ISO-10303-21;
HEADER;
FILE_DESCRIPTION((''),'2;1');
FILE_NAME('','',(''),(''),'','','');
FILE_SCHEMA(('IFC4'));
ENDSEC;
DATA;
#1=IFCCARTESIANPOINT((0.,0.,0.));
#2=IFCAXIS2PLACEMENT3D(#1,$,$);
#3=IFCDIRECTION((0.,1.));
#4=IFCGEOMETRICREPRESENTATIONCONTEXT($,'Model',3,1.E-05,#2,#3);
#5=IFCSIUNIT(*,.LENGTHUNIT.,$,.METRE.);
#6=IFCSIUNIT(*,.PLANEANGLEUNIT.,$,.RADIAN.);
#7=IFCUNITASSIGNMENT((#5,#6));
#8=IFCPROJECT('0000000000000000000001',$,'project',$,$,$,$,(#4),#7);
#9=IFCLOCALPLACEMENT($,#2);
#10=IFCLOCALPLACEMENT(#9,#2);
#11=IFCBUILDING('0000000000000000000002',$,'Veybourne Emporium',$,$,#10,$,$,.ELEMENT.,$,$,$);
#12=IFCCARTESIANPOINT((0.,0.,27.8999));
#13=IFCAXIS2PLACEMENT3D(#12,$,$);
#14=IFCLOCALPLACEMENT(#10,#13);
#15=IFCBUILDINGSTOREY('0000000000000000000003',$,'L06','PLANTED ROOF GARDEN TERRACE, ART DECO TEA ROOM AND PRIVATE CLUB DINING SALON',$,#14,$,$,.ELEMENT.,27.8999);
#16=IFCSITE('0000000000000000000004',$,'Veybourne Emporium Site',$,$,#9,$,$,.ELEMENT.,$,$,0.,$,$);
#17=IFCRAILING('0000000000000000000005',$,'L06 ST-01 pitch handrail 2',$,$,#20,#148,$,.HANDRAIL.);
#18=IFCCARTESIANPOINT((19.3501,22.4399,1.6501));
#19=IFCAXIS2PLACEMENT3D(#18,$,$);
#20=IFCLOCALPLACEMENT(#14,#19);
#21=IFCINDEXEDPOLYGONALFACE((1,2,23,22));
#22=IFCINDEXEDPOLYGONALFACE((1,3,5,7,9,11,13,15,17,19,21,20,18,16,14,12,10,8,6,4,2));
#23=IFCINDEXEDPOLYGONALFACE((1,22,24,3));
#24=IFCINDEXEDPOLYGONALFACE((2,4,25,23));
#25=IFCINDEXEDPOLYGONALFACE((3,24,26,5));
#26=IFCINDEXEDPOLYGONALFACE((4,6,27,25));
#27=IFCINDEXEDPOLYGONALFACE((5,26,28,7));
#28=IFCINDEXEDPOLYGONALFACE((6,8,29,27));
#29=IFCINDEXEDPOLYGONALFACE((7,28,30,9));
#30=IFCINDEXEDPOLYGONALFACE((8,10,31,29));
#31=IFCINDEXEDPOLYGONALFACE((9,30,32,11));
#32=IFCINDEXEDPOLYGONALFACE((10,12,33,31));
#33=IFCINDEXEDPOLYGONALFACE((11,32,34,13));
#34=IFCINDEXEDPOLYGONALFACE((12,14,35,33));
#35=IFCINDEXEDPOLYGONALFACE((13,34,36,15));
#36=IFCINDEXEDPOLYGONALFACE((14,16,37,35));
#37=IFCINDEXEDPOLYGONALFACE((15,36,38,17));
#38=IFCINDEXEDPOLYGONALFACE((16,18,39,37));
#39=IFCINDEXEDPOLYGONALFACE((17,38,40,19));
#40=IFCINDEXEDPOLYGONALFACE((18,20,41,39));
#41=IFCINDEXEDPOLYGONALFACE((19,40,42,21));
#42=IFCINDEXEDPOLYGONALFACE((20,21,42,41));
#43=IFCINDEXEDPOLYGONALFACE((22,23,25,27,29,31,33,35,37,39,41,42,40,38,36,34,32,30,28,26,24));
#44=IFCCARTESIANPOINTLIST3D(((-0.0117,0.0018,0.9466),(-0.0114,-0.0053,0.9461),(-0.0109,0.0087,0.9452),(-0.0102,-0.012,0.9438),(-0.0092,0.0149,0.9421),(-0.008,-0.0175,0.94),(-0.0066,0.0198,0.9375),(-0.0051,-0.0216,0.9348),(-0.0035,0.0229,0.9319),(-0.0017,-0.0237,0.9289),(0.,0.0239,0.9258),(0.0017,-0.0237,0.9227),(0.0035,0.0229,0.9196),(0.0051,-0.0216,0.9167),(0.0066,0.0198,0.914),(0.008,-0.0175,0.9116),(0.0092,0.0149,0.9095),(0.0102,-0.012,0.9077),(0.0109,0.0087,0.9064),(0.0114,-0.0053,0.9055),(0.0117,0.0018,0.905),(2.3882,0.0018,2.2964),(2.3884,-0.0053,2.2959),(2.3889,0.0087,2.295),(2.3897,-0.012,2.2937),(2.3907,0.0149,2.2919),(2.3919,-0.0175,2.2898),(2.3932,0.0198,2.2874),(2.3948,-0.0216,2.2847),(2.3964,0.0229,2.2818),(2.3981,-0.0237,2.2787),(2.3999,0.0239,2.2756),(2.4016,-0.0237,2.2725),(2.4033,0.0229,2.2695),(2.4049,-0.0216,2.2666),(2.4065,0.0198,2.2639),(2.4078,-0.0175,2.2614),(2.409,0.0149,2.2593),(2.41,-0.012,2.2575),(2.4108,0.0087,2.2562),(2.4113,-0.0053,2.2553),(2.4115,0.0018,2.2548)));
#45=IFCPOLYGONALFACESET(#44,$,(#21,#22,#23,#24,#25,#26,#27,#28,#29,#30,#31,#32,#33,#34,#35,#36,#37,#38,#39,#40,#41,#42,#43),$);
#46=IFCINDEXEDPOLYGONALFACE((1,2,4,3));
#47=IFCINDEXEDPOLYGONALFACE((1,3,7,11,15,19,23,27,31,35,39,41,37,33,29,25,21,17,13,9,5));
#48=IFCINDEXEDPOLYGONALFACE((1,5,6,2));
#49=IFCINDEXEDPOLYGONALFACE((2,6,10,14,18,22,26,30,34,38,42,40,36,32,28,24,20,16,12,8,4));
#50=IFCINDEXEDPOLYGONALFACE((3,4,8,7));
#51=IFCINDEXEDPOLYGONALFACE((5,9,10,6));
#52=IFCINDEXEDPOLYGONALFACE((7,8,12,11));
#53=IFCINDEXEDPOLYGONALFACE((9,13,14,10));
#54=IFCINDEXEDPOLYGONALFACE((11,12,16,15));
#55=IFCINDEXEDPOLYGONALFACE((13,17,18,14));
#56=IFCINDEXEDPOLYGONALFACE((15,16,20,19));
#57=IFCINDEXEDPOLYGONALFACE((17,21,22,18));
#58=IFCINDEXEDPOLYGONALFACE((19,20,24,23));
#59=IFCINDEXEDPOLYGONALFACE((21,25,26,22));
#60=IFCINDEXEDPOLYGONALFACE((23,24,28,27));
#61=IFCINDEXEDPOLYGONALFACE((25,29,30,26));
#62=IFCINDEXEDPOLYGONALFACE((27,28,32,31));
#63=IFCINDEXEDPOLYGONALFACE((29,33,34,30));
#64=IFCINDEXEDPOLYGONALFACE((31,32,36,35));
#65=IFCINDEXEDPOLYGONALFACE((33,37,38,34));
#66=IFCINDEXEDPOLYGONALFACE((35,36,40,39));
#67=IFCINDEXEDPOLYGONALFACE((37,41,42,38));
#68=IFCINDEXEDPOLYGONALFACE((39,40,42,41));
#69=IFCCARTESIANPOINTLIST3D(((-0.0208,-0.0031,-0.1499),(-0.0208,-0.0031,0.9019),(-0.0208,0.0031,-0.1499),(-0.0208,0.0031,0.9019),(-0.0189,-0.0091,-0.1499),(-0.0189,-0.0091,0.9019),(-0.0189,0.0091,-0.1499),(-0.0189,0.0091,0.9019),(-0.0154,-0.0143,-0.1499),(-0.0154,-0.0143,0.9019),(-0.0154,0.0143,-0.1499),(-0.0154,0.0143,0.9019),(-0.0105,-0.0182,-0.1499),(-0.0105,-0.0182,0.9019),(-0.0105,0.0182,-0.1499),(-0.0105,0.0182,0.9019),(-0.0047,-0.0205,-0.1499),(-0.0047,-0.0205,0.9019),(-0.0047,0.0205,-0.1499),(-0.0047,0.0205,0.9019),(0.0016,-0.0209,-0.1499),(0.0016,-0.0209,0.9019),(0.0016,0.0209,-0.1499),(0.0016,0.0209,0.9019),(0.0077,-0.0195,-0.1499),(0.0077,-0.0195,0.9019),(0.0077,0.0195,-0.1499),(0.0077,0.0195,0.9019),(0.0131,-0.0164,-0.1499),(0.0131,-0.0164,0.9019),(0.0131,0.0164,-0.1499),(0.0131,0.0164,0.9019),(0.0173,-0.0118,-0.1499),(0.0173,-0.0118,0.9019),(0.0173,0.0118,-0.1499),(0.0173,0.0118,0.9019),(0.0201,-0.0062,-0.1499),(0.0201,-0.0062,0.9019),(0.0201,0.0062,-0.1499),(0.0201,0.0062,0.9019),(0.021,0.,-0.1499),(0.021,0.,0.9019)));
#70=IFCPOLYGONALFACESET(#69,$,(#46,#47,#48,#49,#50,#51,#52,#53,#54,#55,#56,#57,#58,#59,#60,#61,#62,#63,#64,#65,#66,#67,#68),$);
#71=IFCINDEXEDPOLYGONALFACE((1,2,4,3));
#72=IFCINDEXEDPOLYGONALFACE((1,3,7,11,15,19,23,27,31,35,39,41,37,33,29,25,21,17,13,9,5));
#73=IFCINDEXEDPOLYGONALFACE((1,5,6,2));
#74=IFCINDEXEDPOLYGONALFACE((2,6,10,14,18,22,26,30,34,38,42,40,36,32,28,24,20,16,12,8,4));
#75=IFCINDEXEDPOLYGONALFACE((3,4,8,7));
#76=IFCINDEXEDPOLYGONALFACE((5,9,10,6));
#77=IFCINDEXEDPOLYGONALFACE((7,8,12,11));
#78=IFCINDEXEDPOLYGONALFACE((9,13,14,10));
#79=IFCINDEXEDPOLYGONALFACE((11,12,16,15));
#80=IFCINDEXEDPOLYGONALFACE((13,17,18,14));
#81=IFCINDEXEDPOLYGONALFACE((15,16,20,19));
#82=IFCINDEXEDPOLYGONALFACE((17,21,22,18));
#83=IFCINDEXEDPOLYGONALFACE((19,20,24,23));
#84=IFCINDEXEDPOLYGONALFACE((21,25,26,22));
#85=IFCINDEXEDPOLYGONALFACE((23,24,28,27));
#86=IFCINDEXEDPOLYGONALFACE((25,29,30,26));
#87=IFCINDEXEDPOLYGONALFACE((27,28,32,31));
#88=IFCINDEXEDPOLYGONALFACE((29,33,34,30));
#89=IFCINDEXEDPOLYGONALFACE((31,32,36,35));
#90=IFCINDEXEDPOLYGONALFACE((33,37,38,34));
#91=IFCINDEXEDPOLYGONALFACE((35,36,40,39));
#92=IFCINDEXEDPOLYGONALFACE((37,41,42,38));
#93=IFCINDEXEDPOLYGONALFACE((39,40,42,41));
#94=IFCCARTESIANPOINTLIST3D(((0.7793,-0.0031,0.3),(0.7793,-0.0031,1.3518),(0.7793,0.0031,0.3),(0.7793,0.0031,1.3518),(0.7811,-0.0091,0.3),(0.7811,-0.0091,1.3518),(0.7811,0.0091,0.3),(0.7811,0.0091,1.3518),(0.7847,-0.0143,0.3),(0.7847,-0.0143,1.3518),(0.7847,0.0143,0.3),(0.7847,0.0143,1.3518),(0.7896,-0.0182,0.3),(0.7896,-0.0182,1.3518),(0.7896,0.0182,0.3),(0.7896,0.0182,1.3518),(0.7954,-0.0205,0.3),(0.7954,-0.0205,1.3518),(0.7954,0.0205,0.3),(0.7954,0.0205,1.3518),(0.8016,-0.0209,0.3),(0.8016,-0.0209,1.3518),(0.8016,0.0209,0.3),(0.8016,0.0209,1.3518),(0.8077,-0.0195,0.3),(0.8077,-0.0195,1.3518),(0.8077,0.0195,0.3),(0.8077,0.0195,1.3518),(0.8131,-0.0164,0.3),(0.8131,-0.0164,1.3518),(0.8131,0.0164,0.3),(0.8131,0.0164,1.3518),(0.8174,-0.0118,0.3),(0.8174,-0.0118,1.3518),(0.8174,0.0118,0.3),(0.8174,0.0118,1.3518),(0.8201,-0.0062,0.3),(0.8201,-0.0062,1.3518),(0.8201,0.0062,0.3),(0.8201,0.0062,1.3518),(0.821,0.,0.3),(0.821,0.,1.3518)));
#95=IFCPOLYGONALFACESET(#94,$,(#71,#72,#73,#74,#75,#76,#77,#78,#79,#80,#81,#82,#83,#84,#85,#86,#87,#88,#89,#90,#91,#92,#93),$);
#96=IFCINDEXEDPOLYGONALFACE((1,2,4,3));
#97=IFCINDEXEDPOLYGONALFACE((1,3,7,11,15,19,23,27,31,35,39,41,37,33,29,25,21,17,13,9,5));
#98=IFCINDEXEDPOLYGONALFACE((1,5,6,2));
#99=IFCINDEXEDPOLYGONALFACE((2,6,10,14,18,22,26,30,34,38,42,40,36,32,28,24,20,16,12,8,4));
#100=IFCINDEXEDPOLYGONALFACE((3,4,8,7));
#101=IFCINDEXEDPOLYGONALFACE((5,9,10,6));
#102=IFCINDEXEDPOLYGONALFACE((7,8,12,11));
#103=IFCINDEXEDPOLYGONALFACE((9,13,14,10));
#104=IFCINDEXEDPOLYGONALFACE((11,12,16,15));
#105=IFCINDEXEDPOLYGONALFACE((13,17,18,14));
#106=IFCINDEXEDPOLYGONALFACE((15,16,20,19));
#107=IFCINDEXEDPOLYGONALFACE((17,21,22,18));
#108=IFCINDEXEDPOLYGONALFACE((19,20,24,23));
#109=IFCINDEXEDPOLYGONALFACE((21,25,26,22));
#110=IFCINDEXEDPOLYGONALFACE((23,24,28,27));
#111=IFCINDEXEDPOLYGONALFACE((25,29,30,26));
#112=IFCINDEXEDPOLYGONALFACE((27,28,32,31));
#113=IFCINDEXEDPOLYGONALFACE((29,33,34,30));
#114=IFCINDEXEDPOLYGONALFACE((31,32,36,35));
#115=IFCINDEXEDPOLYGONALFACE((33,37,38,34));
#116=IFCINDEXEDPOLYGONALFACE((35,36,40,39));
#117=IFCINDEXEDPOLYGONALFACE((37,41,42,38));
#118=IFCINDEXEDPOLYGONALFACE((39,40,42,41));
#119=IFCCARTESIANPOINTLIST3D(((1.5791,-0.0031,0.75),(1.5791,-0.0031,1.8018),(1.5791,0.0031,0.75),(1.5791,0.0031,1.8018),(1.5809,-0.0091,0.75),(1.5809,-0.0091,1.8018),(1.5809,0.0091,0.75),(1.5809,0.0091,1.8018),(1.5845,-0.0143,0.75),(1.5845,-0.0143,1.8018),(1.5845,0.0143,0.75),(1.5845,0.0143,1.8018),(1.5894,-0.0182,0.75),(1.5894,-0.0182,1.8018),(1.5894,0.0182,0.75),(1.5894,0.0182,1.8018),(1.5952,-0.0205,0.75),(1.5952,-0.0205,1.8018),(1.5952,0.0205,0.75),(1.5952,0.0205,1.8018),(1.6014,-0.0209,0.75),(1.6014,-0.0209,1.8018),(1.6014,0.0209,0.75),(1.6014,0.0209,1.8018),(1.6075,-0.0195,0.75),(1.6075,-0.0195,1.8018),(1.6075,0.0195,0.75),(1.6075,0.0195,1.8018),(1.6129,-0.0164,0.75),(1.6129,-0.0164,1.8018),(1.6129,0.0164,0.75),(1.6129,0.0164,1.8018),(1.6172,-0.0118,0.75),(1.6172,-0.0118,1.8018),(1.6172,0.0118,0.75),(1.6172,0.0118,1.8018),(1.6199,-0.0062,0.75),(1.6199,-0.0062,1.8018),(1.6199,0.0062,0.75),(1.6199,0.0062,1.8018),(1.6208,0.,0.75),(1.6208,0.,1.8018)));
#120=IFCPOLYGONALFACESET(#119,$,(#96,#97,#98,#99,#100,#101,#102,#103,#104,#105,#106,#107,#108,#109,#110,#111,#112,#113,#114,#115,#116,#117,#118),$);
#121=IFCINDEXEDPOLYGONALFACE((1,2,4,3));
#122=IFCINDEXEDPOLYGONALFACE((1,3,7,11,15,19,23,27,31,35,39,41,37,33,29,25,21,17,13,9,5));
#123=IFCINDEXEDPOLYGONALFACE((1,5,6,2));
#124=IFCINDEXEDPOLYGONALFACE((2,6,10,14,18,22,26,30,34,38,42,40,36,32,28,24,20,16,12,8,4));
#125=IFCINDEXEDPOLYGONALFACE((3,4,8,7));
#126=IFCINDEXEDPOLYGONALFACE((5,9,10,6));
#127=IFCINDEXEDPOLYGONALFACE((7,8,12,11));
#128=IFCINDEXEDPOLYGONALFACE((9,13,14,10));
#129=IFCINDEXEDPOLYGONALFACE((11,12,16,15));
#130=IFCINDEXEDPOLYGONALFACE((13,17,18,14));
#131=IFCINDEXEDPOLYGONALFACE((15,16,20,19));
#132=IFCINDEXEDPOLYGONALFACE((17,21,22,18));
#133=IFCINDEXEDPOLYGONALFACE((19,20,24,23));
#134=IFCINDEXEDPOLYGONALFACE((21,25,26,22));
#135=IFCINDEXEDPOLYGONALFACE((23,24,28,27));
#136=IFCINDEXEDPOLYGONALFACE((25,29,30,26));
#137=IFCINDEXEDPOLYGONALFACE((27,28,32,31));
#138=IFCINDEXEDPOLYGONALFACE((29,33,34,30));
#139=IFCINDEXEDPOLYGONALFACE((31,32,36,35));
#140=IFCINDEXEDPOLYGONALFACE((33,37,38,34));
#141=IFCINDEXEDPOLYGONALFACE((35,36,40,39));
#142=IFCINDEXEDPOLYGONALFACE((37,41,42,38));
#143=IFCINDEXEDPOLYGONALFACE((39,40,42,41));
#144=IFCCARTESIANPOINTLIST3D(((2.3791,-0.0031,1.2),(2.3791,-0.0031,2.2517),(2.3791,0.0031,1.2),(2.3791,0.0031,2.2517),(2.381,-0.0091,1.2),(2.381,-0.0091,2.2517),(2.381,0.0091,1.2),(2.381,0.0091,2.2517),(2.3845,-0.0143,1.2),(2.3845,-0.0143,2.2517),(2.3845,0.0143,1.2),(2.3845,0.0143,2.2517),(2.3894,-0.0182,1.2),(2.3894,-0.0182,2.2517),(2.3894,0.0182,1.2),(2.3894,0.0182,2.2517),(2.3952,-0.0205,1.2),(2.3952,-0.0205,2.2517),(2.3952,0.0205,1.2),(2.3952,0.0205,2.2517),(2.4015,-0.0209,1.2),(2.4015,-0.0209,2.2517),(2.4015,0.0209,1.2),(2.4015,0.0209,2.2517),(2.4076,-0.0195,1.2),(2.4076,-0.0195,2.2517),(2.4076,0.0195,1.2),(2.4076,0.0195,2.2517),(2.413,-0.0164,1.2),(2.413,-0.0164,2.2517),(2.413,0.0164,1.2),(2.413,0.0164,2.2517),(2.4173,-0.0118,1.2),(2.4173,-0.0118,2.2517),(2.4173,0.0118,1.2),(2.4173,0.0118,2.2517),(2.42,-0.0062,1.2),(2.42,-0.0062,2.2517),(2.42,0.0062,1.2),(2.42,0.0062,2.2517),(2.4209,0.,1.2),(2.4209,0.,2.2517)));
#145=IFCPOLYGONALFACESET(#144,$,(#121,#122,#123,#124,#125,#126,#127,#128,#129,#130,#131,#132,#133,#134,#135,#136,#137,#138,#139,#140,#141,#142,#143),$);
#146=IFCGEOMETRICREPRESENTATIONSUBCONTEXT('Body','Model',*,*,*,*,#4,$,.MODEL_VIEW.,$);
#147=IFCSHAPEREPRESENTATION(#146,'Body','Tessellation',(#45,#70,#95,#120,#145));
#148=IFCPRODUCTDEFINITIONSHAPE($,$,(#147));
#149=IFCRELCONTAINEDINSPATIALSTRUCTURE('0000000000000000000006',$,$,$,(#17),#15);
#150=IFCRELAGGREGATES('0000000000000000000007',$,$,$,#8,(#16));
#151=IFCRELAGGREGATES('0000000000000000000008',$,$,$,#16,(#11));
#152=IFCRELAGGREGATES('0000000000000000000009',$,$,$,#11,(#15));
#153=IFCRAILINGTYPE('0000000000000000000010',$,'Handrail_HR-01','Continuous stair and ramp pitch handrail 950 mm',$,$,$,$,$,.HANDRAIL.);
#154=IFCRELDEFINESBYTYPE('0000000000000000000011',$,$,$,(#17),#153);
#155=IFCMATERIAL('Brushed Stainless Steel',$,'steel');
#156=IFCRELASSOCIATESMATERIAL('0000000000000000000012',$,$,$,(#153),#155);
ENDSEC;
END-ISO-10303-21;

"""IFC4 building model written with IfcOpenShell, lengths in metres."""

from ifc_helpers import new_model, si_unit, direction, frame, origin, origin_2d, place, context, subcontext, project, spatial, circle, extrude, material, type_object, element, save


model = new_model("IFC4")

# Units and contexts
model_context = context("Model", 3, precision=1e-05, world=origin(), true_north=direction((0.0, 1.0)))
body_context = subcontext(model_context, "Body", "Model", "MODEL_VIEW")
ifc_project = project(units=[si_unit("LENGTHUNIT", "METRE"), si_unit("PLANEANGLEUNIT", "RADIAN")], contexts=[model_context])

# Site, building, storey
site_placement = place(None, origin())
site = spatial("IfcSite", under=ifc_project, at=site_placement, Name="Veybourne Emporium Site", CompositionType="ELEMENT", RefElevation=0.0)
building_placement = place(site_placement, origin())
building = spatial("IfcBuilding", under=site, at=building_placement, Name="Veybourne Emporium", CompositionType="ELEMENT")
storey_placement = place(building_placement, frame((0.0, 0.0, 27.8999)))
storey = spatial("IfcBuildingStorey", under=building, at=storey_placement, Name="L06", Description="PLANTED ROOF GARDEN TERRACE, ART DECO TEA ROOM AND PRIVATE CLUB DINING SALON", CompositionType="ELEMENT", Elevation=27.8999)

# Railing
ifc_material_1 = material(Name="Brushed Stainless Steel", Category="steel")
railing_type = type_object("IfcRailingType", Name="Handrail_HR-01", Description="Continuous stair and ramp pitch handrail 950 mm", PredefinedType="HANDRAIL", material=ifc_material_1)
railing_placement = place(storey_placement, frame((19.3501, 22.4399, 1.6501)))
element("IfcRailing", 1, at=railing_placement, inside=storey, type_object=railing_type, Name="L06 ST-01 pitch handrail 2", PredefinedType="HANDRAIL", context=body_context, shape_type="SweptSolid", body=[
    extrude(circle(Radius=0.0239, at=origin_2d()), frame((0.0, 0.0, 0.9258), z_axis=(0.87159, 0.0, 0.490236), x_axis=(0.0, 1.0, 0.0)), (0.0, 0.0, 1.0), 2.7534),
    extrude(circle(Radius=0.021, at=origin_2d()), frame((0.0, 0.0, -0.1499)), (0.0, 0.0, 1.0), 1.0518),
    extrude(circle(Radius=0.021, at=origin_2d()), frame((0.8, 0.0, 0.3)), (0.0, 0.0, 1.0), 1.0518),
    extrude(circle(Radius=0.021, at=origin_2d()), frame((1.5999, 0.0, 0.75)), (0.0, 0.0, 1.0), 1.0518),
    extrude(circle(Radius=0.021, at=origin_2d()), frame((2.3999, 0.0, 1.2)), (0.0, 0.0, 1.0), 1.0518),
])

save(model, "model.ifc")
